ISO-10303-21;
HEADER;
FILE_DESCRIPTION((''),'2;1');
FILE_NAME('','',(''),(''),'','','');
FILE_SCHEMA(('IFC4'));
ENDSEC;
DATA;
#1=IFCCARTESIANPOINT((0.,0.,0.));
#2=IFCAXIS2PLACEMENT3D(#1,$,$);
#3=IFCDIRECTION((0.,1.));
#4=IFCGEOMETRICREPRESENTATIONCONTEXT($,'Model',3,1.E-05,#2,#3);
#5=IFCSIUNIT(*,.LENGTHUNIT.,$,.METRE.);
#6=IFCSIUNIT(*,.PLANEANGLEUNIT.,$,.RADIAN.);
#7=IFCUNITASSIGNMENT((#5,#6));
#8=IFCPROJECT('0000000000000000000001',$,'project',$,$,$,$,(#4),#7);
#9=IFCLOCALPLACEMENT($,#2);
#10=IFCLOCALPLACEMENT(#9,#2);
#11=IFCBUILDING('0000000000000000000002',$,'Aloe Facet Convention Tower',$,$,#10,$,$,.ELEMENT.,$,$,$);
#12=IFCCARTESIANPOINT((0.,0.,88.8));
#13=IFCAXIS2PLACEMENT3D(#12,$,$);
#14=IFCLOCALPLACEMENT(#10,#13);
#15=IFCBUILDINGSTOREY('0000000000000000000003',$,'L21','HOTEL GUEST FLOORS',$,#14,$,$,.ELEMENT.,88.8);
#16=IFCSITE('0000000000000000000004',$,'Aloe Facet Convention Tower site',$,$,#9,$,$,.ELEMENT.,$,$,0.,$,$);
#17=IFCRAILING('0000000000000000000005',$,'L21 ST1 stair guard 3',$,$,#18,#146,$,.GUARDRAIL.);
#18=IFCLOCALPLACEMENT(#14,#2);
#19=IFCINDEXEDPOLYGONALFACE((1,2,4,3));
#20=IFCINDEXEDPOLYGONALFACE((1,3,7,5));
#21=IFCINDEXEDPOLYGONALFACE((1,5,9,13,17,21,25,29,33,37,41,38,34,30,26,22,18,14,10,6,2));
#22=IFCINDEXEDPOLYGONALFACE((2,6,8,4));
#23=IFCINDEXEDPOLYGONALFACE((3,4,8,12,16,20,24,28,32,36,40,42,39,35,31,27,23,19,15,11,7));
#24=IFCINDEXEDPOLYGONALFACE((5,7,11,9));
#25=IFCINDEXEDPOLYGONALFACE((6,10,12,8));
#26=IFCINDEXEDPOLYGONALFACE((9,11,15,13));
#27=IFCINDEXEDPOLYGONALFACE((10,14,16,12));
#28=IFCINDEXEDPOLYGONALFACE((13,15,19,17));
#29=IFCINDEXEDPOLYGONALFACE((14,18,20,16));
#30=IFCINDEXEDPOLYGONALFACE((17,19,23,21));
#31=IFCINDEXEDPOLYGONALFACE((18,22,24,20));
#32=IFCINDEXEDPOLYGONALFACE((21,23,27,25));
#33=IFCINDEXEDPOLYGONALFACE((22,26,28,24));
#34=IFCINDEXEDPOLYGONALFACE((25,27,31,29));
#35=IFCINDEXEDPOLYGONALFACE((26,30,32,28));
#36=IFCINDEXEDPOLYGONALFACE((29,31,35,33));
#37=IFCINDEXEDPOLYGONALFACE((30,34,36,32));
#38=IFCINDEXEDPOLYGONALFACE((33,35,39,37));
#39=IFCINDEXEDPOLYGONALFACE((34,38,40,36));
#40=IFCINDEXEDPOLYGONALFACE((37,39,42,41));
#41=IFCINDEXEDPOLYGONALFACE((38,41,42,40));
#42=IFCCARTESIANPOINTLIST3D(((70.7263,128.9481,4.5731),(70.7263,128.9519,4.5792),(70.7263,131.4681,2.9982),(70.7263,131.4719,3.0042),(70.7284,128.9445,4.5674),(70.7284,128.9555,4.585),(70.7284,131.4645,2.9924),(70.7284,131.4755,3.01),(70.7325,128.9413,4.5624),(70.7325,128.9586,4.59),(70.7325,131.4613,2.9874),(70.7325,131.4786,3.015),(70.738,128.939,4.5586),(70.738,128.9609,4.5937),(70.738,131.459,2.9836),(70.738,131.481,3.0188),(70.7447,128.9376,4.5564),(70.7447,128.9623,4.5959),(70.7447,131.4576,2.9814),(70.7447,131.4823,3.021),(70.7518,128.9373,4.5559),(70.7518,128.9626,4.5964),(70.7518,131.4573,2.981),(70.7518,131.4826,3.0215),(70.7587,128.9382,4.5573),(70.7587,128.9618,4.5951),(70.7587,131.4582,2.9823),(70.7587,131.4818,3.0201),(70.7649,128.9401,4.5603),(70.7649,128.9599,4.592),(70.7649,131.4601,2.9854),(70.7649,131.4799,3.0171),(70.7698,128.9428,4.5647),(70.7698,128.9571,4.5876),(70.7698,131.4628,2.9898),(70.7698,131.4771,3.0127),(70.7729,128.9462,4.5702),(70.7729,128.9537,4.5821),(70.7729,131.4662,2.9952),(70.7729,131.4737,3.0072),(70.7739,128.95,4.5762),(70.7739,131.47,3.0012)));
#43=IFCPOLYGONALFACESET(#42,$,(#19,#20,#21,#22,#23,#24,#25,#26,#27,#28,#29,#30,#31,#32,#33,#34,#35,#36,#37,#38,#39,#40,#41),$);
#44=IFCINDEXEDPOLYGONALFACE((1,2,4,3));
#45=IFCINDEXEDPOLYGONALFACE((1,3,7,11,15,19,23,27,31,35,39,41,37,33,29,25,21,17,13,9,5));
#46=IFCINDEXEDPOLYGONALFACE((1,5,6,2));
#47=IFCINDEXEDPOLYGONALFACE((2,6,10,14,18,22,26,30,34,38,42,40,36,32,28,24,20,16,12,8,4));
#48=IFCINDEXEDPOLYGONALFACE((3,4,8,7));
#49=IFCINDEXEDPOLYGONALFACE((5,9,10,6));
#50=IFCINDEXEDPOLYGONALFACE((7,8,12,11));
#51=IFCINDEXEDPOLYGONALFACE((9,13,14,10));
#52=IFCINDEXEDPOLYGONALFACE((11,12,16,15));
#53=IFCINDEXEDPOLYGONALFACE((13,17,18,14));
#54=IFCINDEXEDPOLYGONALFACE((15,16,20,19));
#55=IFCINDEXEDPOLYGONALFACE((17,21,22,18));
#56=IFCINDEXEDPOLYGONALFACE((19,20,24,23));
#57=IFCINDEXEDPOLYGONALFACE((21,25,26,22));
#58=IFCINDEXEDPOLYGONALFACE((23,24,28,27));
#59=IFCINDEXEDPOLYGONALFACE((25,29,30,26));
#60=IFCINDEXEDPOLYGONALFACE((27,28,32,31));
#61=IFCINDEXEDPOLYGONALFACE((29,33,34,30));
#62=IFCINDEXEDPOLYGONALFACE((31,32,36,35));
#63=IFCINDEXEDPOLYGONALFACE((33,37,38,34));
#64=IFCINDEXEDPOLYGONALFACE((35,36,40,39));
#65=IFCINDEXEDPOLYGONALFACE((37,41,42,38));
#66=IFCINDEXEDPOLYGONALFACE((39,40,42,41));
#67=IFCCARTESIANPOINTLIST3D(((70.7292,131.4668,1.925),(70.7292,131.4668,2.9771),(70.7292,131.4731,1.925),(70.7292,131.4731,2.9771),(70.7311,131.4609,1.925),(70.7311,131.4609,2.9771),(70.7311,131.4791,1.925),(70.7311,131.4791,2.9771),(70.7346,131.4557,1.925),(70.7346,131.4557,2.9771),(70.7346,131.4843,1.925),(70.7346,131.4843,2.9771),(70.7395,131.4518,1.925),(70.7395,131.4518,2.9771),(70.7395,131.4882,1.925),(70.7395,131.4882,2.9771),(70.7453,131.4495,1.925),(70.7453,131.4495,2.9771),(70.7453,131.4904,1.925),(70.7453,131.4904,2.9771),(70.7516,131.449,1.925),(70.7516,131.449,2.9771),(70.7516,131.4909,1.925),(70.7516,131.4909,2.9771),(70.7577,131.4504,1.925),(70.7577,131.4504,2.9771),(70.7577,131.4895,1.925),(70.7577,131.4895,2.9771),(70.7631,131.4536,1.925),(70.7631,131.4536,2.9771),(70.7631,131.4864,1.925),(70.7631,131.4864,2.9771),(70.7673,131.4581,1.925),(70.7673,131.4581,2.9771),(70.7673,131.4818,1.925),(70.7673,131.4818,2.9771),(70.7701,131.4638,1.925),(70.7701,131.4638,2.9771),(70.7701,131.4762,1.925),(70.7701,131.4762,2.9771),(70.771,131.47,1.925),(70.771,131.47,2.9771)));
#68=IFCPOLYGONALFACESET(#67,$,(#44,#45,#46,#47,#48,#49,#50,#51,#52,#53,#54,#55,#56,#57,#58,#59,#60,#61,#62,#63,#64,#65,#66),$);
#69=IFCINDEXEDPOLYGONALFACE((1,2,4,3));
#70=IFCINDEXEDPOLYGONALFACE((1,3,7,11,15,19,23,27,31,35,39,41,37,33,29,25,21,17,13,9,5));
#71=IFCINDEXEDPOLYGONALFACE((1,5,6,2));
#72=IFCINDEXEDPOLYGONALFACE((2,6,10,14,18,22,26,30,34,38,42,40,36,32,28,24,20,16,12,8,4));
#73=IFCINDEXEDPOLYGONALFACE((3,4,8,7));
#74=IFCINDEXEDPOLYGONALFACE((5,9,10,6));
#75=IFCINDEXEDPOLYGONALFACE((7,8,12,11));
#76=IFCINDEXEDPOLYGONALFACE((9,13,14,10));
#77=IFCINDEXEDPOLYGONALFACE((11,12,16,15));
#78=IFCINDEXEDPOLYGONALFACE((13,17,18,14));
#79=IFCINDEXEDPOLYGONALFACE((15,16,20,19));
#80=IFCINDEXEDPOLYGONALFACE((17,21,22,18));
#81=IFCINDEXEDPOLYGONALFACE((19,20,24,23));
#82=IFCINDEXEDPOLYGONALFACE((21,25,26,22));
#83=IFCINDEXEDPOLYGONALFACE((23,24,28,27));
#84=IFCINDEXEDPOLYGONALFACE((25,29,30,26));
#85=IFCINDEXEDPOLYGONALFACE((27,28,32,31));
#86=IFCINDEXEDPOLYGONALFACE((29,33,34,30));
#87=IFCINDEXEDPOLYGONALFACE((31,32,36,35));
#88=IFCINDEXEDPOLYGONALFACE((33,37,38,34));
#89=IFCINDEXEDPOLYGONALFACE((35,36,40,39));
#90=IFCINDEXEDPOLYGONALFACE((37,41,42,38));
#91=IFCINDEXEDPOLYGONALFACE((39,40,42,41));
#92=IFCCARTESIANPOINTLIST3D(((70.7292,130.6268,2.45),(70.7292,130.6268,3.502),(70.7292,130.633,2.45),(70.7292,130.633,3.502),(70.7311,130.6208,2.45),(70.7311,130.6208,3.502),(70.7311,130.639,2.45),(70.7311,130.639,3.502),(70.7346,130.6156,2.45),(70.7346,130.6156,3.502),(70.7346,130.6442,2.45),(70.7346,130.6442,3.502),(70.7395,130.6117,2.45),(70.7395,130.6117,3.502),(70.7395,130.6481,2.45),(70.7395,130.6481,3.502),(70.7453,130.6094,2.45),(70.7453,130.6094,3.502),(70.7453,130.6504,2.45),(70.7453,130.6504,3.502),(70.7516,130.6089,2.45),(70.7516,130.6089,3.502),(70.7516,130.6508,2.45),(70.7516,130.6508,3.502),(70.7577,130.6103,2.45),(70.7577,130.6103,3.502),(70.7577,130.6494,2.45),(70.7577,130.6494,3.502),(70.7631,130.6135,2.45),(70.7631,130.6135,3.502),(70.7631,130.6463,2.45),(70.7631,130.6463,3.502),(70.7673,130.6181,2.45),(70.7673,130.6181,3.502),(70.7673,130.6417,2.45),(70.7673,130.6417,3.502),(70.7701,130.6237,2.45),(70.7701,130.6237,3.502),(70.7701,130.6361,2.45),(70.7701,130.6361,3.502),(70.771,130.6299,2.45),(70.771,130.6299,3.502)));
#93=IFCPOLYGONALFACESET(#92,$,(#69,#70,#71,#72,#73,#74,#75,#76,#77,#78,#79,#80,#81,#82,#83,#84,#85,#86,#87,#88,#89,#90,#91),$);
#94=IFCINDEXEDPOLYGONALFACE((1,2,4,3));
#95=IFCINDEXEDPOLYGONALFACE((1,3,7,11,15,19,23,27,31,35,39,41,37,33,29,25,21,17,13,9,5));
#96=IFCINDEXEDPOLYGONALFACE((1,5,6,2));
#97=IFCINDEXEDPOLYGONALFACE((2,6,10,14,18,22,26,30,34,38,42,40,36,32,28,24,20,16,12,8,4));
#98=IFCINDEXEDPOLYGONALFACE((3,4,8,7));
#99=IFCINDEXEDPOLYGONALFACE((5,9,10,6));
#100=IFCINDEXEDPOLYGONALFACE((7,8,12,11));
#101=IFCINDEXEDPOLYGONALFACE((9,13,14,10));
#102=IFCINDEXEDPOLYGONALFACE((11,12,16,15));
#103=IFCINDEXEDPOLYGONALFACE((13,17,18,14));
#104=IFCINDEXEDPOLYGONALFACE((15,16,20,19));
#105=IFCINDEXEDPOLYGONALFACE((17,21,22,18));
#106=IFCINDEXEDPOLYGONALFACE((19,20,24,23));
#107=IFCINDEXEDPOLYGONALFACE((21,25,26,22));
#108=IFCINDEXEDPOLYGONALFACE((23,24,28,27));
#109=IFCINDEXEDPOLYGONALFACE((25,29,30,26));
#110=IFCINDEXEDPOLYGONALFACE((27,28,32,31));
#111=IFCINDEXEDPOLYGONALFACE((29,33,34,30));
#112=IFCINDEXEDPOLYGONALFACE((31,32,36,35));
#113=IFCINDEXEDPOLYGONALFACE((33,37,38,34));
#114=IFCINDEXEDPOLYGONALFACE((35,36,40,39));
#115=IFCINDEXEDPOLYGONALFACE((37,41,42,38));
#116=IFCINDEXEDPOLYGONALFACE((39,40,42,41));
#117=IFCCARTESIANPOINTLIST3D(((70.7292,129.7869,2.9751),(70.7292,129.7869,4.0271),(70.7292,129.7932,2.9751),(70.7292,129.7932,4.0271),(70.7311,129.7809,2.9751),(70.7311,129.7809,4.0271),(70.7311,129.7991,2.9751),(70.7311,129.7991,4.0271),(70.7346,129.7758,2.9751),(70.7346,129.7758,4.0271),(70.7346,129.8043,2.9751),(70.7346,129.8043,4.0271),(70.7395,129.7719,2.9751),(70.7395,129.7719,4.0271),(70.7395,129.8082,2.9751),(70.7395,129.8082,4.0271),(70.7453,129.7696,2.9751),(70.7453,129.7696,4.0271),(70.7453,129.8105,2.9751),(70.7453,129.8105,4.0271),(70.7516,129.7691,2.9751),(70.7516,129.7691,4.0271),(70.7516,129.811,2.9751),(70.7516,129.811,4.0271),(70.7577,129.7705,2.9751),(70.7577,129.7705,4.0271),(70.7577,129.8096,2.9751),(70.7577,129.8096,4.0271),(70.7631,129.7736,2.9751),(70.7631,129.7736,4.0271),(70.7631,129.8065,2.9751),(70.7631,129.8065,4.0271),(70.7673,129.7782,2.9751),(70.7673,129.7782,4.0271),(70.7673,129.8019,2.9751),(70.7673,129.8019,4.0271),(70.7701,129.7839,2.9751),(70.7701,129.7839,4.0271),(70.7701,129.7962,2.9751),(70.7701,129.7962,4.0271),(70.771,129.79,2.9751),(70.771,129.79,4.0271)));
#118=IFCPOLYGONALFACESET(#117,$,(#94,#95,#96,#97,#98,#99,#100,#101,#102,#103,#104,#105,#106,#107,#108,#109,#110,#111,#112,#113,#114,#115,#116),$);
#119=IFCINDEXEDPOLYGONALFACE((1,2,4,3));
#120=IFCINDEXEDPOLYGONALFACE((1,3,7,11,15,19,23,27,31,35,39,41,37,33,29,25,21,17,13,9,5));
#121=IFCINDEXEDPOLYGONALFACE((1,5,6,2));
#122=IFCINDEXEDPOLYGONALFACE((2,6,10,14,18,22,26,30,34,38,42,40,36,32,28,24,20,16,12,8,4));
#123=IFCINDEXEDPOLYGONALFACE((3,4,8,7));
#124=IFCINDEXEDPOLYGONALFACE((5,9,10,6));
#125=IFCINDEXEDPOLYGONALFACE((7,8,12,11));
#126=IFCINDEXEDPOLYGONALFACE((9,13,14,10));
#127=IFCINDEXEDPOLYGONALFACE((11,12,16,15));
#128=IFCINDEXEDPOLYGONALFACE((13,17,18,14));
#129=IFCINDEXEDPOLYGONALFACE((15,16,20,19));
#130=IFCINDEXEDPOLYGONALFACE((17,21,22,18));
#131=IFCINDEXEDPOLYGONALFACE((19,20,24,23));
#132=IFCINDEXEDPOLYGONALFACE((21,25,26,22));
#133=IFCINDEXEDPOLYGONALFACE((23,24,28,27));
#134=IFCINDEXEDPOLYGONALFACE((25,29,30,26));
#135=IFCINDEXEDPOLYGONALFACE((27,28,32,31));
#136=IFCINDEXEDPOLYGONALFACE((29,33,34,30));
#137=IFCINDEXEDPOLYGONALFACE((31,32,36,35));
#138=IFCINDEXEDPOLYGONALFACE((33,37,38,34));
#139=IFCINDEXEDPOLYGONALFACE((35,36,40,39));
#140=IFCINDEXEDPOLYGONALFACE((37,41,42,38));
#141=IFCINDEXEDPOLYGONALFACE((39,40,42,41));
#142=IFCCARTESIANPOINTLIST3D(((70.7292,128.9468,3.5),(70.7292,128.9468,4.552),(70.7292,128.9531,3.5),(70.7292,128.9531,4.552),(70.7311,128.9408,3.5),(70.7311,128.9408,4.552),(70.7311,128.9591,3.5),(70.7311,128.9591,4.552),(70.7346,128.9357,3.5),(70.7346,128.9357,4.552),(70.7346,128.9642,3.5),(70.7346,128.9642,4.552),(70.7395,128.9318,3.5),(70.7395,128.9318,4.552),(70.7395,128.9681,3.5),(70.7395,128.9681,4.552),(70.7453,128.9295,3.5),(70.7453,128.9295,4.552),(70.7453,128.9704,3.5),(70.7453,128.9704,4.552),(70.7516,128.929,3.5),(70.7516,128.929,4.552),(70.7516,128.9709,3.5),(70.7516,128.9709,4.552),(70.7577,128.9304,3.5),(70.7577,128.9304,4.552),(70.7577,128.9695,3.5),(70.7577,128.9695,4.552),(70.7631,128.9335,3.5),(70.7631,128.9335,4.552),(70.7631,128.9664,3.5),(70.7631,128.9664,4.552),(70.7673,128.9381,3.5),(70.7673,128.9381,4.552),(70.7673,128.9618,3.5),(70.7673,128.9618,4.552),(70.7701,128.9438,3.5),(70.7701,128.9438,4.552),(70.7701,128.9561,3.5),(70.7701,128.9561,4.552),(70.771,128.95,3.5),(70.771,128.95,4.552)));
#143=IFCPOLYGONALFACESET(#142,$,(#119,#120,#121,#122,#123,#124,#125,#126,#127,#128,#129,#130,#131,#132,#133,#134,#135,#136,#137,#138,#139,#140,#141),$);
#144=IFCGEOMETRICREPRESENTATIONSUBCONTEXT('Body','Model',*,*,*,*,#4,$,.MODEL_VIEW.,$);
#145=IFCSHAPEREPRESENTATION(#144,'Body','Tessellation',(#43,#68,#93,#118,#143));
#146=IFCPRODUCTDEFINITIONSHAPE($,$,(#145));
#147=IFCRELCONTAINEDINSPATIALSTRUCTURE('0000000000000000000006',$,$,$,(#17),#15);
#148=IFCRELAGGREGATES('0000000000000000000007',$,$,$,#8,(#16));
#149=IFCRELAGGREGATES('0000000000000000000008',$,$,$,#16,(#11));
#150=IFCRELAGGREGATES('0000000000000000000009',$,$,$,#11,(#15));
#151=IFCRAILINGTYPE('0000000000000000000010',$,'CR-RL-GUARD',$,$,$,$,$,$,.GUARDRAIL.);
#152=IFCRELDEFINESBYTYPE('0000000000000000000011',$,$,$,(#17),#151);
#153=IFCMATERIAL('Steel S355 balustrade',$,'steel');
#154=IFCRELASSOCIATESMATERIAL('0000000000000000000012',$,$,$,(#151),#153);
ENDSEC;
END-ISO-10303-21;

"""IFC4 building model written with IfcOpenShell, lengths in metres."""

from ifc_helpers import new_model, si_unit, direction, frame, origin, origin_2d, place, context, subcontext, project, spatial, circle, extrude, material, type_object, element, save


model = new_model("IFC4")

# Units and contexts
model_context = context("Model", 3, precision=1e-05, world=origin(), true_north=direction((0.0, 1.0)))
body_context = subcontext(model_context, "Body", "Model", "MODEL_VIEW")
ifc_project = project(units=[si_unit("LENGTHUNIT", "METRE"), si_unit("PLANEANGLEUNIT", "RADIAN")], contexts=[model_context])

# Site, building, storey
site_placement = place(None, origin())
site = spatial("IfcSite", under=ifc_project, at=site_placement, Name="Aloe Facet Convention Tower site", CompositionType="ELEMENT", RefElevation=0.0)
building_placement = place(site_placement, origin())
building = spatial("IfcBuilding", under=site, at=building_placement, Name="Aloe Facet Convention Tower", CompositionType="ELEMENT")
storey_placement = place(building_placement, frame((0.0, 0.0, 88.8)))
storey = spatial("IfcBuildingStorey", under=building, at=storey_placement, Name="L21", Description="HOTEL GUEST FLOORS", CompositionType="ELEMENT", Elevation=88.8)

# Railing
ifc_material_1 = material(Name="Steel S355 balustrade", Category="steel")
railing_type_1 = type_object("IfcRailingType", Name="CR-RL-GUARD", PredefinedType="GUARDRAIL", material=ifc_material_1)
railing_1_placement = place(storey_placement, frame((70.75, 131.47, 1.925)))
element("IfcRailing", 1, at=railing_1_placement, inside=storey, type_object=railing_type_1, Name="L21 ST1 stair guard 3", PredefinedType="GUARDRAIL", context=body_context, shape_type="SweptSolid", body=[
    extrude(circle(Radius=0.0239, at=origin_2d()), frame((0.0, 0.0, 1.0762), z_axis=(0.0, -0.848008, 0.529984), x_axis=(1.0, 0.0, 0.0)), (0.0, 0.0, 1.0), 2.9717),
    extrude(circle(Radius=0.021, at=origin_2d()), origin(), (0.0, 0.0, 1.0), 1.052),
    extrude(circle(Radius=0.021, at=origin_2d()), frame((0.0, -0.8401, 0.5249)), (0.0, 0.0, 1.0), 1.052),
    extrude(circle(Radius=0.021, at=origin_2d()), frame((0.0, -1.6799, 1.05)), (0.0, 0.0, 1.0), 1.052),
    extrude(circle(Radius=0.021, at=origin_2d()), frame((0.0, -2.52, 1.575)), (0.0, 0.0, 1.0), 1.052),
])

save(model, "model.ifc")
